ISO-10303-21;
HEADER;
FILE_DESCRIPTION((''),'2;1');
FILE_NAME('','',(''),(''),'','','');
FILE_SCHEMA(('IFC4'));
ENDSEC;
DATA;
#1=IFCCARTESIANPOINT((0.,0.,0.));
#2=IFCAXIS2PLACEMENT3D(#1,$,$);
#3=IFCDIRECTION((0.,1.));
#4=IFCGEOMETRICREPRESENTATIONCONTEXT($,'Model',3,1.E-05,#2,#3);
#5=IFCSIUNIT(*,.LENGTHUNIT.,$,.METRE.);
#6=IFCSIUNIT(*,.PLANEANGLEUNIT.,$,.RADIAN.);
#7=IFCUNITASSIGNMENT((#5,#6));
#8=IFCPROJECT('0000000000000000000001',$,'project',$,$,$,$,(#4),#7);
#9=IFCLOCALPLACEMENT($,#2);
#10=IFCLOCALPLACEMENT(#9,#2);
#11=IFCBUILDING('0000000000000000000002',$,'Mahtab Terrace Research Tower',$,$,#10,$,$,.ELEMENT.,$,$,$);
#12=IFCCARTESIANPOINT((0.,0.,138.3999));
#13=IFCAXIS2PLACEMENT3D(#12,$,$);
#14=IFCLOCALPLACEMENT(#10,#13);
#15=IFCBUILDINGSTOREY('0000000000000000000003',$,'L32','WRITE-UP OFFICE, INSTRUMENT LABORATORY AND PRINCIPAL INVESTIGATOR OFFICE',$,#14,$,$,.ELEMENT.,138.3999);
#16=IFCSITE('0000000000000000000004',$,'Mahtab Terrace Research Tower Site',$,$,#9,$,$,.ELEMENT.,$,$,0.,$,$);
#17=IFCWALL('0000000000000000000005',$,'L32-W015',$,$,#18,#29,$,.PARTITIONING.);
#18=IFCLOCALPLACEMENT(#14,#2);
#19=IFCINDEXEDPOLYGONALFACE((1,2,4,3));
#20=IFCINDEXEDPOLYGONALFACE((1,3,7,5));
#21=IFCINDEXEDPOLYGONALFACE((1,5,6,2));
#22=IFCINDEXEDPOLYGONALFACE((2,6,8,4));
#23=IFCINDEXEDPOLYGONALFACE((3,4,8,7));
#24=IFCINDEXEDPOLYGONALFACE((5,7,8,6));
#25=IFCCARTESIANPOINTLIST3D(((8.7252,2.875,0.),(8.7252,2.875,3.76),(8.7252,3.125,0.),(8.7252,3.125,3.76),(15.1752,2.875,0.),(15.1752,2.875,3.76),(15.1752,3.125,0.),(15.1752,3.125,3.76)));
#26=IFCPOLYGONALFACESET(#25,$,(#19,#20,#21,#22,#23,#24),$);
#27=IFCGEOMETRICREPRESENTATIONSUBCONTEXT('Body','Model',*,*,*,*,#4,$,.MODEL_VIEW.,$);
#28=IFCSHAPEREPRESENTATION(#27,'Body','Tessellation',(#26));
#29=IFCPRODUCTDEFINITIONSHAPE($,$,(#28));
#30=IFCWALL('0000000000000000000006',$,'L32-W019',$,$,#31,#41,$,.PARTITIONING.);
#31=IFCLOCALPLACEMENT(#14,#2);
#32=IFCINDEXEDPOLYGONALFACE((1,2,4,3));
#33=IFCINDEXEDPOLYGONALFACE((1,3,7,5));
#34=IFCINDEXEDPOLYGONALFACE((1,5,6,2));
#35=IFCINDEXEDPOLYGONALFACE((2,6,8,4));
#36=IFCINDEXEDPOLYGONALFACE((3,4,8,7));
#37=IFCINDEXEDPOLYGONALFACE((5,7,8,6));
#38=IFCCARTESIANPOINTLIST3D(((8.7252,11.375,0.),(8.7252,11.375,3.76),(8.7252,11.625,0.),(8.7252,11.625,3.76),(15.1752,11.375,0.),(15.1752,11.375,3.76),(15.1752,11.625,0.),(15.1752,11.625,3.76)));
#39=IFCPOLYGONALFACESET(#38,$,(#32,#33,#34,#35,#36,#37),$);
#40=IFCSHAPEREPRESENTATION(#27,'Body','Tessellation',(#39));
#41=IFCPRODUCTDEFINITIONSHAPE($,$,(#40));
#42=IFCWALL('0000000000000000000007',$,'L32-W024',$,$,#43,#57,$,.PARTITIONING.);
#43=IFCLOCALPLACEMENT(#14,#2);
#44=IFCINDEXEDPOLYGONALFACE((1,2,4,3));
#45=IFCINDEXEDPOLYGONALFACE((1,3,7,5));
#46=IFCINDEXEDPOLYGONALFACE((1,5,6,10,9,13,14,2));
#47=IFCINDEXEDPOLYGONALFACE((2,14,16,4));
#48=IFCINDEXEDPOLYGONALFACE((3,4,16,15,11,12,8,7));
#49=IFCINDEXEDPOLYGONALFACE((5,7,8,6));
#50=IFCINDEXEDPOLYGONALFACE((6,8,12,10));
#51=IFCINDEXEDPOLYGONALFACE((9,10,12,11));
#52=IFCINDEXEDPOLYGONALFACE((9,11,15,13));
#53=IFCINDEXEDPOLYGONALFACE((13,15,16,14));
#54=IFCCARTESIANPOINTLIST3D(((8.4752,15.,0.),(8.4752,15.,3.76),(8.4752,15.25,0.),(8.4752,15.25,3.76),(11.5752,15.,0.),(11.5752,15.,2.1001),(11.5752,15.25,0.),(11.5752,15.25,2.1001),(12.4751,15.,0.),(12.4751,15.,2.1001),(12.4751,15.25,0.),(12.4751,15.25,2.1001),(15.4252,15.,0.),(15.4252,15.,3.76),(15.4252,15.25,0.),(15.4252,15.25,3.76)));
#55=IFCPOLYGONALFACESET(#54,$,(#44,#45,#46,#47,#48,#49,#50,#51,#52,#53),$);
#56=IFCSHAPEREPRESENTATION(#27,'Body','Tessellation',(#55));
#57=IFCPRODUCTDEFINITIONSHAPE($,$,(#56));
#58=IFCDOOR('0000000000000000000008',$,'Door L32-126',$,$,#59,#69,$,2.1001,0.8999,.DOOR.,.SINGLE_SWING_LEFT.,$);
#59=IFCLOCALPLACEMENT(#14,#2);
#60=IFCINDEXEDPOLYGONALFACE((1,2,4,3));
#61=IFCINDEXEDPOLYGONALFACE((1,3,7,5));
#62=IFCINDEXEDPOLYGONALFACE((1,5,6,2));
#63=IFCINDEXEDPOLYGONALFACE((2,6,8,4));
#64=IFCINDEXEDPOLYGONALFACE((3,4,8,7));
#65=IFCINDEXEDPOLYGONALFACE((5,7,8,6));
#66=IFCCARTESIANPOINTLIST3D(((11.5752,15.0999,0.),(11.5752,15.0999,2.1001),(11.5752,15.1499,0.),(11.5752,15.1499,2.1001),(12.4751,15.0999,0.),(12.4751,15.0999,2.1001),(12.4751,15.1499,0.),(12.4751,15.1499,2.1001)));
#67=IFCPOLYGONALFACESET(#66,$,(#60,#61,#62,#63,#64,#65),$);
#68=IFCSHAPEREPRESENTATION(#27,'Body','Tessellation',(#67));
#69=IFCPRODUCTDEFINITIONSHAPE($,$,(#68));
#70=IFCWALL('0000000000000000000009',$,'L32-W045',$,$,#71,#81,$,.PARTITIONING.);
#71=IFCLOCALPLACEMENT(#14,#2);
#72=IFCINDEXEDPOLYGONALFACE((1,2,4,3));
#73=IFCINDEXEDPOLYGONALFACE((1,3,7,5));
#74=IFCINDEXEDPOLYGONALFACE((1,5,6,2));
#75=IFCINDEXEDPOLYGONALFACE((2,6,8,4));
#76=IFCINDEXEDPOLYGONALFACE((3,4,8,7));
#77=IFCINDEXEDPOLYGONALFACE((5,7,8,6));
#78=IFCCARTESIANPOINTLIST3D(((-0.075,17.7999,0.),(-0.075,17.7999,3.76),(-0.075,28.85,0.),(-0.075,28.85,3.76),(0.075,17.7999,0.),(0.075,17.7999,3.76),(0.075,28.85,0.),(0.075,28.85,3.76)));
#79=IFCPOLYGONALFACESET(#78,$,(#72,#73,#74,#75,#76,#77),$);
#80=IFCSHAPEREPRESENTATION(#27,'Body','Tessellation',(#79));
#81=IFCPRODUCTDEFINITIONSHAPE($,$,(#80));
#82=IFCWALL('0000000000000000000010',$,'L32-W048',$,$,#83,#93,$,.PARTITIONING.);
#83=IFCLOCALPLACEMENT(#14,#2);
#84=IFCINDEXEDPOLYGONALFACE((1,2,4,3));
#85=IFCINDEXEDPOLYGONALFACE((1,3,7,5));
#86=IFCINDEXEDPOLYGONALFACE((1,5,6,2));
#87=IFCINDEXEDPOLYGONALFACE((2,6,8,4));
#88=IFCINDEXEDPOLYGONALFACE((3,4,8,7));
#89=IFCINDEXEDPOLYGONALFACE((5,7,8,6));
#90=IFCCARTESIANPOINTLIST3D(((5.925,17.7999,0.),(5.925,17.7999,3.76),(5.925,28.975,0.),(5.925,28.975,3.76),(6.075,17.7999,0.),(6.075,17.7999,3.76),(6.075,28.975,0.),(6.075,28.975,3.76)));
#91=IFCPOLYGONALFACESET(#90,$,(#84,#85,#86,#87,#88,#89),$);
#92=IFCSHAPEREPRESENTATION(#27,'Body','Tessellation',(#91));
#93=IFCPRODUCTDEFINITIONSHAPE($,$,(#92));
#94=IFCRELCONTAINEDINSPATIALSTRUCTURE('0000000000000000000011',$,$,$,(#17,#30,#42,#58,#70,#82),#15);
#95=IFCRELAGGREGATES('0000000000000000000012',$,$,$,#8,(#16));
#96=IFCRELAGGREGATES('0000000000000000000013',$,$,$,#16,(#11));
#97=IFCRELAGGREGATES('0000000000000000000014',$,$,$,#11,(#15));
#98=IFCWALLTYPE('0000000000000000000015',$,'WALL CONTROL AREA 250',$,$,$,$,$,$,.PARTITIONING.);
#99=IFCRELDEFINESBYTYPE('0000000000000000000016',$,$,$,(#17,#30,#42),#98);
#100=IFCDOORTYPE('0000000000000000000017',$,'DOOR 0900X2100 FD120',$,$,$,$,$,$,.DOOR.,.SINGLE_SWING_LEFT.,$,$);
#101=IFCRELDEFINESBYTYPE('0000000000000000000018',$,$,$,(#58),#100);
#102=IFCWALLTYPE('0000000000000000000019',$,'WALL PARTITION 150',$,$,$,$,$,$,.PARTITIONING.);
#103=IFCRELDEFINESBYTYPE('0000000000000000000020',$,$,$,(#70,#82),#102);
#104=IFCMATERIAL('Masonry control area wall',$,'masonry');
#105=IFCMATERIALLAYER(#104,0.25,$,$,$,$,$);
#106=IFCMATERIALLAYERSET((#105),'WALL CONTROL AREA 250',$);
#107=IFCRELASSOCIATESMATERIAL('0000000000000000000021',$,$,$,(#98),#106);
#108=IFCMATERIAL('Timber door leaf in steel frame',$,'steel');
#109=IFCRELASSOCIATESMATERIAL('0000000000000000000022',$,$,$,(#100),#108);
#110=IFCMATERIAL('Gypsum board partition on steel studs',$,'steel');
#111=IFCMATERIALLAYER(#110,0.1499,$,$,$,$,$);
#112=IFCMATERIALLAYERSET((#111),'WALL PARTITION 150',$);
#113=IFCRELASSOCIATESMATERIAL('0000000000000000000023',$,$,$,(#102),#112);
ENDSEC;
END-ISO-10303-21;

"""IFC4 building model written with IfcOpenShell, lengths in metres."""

from ifc_helpers import new_model, si_unit, direction, frame, frame_2d, origin, place, context, subcontext, project, spatial, rectangle, extrude, material, layer, layer_set, type_object, element, fill, save


model = new_model("IFC4")

# Units and contexts
model_context = context("Model", 3, precision=1e-05, world=origin(), true_north=direction((0.0, 1.0)))
body_context = subcontext(model_context, "Body", "Model", "MODEL_VIEW")
ifc_project = project(units=[si_unit("LENGTHUNIT", "METRE"), si_unit("PLANEANGLEUNIT", "RADIAN")], contexts=[model_context])

# Site, building, storey
site_placement = place(None, origin())
site = spatial("IfcSite", under=ifc_project, at=site_placement, Name="Mahtab Terrace Research Tower Site", CompositionType="ELEMENT", RefElevation=0.0)
building_placement = place(site_placement, origin())
building = spatial("IfcBuilding", under=site, at=building_placement, Name="Mahtab Terrace Research Tower", CompositionType="ELEMENT")
storey_placement = place(building_placement, frame((0.0, 0.0, 138.3999)))
storey = spatial("IfcBuildingStorey", under=building, at=storey_placement, Name="L32", Description="WRITE-UP OFFICE, INSTRUMENT LABORATORY AND PRINCIPAL INVESTIGATOR OFFICE", CompositionType="ELEMENT", Elevation=138.3999)

# Walls
ifc_material_1 = material(Name="Masonry control area wall", Category="masonry")
ifc_layer_1 = layer(ifc_material_1, 0.25)
ifc_layer_set_1 = layer_set([ifc_layer_1], Name="WALL CONTROL AREA 250")
wall_type_1 = type_object("IfcWallType", Name="WALL CONTROL AREA 250", PredefinedType="PARTITIONING", material=ifc_layer_set_1)
for number, where, z_axis, x_axis, name in (
    (1, (8.7251, 3.0, 0.0), (0.0, 0.0, 1.0), (1.0, 0.0, 0.0), "L32-W015"),
    (2, (8.7251, 11.5, 0.0), (0.0, 0.0, 1.0), (1.0, 0.0, 0.0), "L32-W019"),
):
    element("IfcWall", number, at=place(storey_placement, frame(where, z_axis=z_axis, x_axis=x_axis)), inside=storey, type_object=wall_type_1, Name=name, PredefinedType="PARTITIONING", context=body_context, shape_type="SweptSolid", body=[
        extrude(rectangle(XDim=6.45, YDim=0.25, at=frame_2d((3.2251, 0.0))), origin(), (0.0, 0.0, 1.0), 3.76),
    ])

# Wall, opening, door
wall_1_placement = place(storey_placement, frame((8.4751, 15.125, 0.0), z_axis=(0.0, 0.0, 1.0), x_axis=(1.0, 0.0, 0.0)))
wall_1 = element("IfcWall", 3, at=wall_1_placement, inside=storey, type_object=wall_type_1, Name="L32-W024", PredefinedType="PARTITIONING", context=body_context, shape_type="SweptSolid", body=[
    extrude(rectangle(XDim=6.95, YDim=0.25, at=frame_2d((3.4751, 0.0))), origin(), (0.0, 0.0, 1.0), 3.76),
])
opening_1_placement = place(wall_1_placement, frame((3.1001, 0.0, 0.0)))
opening_1 = element("IfcOpeningElement", 4, at=opening_1_placement, cuts=wall_1, PredefinedType="OPENING", context=body_context, shape_type="SweptSolid", body=[
    extrude(rectangle(XDim=0.8999, YDim=2.1001, at=frame_2d((0.45, 1.05))), frame((0.0, 0.135, 0.0), z_axis=(0.0, -1.0, 0.0), x_axis=(1.0, 0.0, 0.0)), (0.0, 0.0, 1.0), 0.27),
])
ifc_material_2 = material(Name="Timber door leaf in steel frame", Category="steel")
door_type_1 = type_object("IfcDoorType", Name="DOOR 0900X2100 FD120", OperationType="SINGLE_SWING_LEFT", PredefinedType="DOOR", material=ifc_material_2)
door_1_placement = place(opening_1_placement, origin())
door_1 = element("IfcDoor", 5, at=door_1_placement, inside=storey, type_object=door_type_1, Name="Door L32-126", OperationType="SINGLE_SWING_LEFT", OverallHeight=2.1001, OverallWidth=0.8999, PredefinedType="DOOR", context=body_context, shape_type="SweptSolid", body=[
    extrude(rectangle(XDim=0.8999, YDim=2.1001, at=frame_2d((0.45, 1.05))), frame((0.0, 0.0249, 0.0), z_axis=(0.0, -1.0, 0.0), x_axis=(1.0, 0.0, 0.0)), (0.0, 0.0, 1.0), 0.05),
])
fill(opening_1, door_1)

# Walls
ifc_material_3 = material(Name="Gypsum board partition on steel studs", Category="steel")
ifc_layer_2 = layer(ifc_material_3, 0.1499)
ifc_layer_set_2 = layer_set([ifc_layer_2], Name="WALL PARTITION 150")
wall_type_2 = type_object("IfcWallType", Name="WALL PARTITION 150", PredefinedType="PARTITIONING", material=ifc_layer_set_2)
wall_2_placement = place(storey_placement, frame((0.0, 17.8, 0.0), z_axis=(0.0, 0.0, 1.0), x_axis=(0.0, 1.0, 0.0)))
element("IfcWall", 6, at=wall_2_placement, inside=storey, type_object=wall_type_2, Name="L32-W045", PredefinedType="PARTITIONING", context=body_context, shape_type="SweptSolid", body=[
    extrude(rectangle(XDim=11.05, YDim=0.1499, at=frame_2d((5.5249, 0.0))), origin(), (0.0, 0.0, 1.0), 3.76),
])
wall_3_placement = place(storey_placement, frame((6.0, 17.8, 0.0), z_axis=(0.0, 0.0, 1.0), x_axis=(0.0, 1.0, 0.0)))
element("IfcWall", 7, at=wall_3_placement, inside=storey, type_object=wall_type_2, Name="L32-W048", PredefinedType="PARTITIONING", context=body_context, shape_type="SweptSolid", body=[
    extrude(rectangle(XDim=11.175, YDim=0.1499, at=frame_2d((5.5874, 0.0))), origin(), (0.0, 0.0, 1.0), 3.76),
])

save(model, "model.ifc")
